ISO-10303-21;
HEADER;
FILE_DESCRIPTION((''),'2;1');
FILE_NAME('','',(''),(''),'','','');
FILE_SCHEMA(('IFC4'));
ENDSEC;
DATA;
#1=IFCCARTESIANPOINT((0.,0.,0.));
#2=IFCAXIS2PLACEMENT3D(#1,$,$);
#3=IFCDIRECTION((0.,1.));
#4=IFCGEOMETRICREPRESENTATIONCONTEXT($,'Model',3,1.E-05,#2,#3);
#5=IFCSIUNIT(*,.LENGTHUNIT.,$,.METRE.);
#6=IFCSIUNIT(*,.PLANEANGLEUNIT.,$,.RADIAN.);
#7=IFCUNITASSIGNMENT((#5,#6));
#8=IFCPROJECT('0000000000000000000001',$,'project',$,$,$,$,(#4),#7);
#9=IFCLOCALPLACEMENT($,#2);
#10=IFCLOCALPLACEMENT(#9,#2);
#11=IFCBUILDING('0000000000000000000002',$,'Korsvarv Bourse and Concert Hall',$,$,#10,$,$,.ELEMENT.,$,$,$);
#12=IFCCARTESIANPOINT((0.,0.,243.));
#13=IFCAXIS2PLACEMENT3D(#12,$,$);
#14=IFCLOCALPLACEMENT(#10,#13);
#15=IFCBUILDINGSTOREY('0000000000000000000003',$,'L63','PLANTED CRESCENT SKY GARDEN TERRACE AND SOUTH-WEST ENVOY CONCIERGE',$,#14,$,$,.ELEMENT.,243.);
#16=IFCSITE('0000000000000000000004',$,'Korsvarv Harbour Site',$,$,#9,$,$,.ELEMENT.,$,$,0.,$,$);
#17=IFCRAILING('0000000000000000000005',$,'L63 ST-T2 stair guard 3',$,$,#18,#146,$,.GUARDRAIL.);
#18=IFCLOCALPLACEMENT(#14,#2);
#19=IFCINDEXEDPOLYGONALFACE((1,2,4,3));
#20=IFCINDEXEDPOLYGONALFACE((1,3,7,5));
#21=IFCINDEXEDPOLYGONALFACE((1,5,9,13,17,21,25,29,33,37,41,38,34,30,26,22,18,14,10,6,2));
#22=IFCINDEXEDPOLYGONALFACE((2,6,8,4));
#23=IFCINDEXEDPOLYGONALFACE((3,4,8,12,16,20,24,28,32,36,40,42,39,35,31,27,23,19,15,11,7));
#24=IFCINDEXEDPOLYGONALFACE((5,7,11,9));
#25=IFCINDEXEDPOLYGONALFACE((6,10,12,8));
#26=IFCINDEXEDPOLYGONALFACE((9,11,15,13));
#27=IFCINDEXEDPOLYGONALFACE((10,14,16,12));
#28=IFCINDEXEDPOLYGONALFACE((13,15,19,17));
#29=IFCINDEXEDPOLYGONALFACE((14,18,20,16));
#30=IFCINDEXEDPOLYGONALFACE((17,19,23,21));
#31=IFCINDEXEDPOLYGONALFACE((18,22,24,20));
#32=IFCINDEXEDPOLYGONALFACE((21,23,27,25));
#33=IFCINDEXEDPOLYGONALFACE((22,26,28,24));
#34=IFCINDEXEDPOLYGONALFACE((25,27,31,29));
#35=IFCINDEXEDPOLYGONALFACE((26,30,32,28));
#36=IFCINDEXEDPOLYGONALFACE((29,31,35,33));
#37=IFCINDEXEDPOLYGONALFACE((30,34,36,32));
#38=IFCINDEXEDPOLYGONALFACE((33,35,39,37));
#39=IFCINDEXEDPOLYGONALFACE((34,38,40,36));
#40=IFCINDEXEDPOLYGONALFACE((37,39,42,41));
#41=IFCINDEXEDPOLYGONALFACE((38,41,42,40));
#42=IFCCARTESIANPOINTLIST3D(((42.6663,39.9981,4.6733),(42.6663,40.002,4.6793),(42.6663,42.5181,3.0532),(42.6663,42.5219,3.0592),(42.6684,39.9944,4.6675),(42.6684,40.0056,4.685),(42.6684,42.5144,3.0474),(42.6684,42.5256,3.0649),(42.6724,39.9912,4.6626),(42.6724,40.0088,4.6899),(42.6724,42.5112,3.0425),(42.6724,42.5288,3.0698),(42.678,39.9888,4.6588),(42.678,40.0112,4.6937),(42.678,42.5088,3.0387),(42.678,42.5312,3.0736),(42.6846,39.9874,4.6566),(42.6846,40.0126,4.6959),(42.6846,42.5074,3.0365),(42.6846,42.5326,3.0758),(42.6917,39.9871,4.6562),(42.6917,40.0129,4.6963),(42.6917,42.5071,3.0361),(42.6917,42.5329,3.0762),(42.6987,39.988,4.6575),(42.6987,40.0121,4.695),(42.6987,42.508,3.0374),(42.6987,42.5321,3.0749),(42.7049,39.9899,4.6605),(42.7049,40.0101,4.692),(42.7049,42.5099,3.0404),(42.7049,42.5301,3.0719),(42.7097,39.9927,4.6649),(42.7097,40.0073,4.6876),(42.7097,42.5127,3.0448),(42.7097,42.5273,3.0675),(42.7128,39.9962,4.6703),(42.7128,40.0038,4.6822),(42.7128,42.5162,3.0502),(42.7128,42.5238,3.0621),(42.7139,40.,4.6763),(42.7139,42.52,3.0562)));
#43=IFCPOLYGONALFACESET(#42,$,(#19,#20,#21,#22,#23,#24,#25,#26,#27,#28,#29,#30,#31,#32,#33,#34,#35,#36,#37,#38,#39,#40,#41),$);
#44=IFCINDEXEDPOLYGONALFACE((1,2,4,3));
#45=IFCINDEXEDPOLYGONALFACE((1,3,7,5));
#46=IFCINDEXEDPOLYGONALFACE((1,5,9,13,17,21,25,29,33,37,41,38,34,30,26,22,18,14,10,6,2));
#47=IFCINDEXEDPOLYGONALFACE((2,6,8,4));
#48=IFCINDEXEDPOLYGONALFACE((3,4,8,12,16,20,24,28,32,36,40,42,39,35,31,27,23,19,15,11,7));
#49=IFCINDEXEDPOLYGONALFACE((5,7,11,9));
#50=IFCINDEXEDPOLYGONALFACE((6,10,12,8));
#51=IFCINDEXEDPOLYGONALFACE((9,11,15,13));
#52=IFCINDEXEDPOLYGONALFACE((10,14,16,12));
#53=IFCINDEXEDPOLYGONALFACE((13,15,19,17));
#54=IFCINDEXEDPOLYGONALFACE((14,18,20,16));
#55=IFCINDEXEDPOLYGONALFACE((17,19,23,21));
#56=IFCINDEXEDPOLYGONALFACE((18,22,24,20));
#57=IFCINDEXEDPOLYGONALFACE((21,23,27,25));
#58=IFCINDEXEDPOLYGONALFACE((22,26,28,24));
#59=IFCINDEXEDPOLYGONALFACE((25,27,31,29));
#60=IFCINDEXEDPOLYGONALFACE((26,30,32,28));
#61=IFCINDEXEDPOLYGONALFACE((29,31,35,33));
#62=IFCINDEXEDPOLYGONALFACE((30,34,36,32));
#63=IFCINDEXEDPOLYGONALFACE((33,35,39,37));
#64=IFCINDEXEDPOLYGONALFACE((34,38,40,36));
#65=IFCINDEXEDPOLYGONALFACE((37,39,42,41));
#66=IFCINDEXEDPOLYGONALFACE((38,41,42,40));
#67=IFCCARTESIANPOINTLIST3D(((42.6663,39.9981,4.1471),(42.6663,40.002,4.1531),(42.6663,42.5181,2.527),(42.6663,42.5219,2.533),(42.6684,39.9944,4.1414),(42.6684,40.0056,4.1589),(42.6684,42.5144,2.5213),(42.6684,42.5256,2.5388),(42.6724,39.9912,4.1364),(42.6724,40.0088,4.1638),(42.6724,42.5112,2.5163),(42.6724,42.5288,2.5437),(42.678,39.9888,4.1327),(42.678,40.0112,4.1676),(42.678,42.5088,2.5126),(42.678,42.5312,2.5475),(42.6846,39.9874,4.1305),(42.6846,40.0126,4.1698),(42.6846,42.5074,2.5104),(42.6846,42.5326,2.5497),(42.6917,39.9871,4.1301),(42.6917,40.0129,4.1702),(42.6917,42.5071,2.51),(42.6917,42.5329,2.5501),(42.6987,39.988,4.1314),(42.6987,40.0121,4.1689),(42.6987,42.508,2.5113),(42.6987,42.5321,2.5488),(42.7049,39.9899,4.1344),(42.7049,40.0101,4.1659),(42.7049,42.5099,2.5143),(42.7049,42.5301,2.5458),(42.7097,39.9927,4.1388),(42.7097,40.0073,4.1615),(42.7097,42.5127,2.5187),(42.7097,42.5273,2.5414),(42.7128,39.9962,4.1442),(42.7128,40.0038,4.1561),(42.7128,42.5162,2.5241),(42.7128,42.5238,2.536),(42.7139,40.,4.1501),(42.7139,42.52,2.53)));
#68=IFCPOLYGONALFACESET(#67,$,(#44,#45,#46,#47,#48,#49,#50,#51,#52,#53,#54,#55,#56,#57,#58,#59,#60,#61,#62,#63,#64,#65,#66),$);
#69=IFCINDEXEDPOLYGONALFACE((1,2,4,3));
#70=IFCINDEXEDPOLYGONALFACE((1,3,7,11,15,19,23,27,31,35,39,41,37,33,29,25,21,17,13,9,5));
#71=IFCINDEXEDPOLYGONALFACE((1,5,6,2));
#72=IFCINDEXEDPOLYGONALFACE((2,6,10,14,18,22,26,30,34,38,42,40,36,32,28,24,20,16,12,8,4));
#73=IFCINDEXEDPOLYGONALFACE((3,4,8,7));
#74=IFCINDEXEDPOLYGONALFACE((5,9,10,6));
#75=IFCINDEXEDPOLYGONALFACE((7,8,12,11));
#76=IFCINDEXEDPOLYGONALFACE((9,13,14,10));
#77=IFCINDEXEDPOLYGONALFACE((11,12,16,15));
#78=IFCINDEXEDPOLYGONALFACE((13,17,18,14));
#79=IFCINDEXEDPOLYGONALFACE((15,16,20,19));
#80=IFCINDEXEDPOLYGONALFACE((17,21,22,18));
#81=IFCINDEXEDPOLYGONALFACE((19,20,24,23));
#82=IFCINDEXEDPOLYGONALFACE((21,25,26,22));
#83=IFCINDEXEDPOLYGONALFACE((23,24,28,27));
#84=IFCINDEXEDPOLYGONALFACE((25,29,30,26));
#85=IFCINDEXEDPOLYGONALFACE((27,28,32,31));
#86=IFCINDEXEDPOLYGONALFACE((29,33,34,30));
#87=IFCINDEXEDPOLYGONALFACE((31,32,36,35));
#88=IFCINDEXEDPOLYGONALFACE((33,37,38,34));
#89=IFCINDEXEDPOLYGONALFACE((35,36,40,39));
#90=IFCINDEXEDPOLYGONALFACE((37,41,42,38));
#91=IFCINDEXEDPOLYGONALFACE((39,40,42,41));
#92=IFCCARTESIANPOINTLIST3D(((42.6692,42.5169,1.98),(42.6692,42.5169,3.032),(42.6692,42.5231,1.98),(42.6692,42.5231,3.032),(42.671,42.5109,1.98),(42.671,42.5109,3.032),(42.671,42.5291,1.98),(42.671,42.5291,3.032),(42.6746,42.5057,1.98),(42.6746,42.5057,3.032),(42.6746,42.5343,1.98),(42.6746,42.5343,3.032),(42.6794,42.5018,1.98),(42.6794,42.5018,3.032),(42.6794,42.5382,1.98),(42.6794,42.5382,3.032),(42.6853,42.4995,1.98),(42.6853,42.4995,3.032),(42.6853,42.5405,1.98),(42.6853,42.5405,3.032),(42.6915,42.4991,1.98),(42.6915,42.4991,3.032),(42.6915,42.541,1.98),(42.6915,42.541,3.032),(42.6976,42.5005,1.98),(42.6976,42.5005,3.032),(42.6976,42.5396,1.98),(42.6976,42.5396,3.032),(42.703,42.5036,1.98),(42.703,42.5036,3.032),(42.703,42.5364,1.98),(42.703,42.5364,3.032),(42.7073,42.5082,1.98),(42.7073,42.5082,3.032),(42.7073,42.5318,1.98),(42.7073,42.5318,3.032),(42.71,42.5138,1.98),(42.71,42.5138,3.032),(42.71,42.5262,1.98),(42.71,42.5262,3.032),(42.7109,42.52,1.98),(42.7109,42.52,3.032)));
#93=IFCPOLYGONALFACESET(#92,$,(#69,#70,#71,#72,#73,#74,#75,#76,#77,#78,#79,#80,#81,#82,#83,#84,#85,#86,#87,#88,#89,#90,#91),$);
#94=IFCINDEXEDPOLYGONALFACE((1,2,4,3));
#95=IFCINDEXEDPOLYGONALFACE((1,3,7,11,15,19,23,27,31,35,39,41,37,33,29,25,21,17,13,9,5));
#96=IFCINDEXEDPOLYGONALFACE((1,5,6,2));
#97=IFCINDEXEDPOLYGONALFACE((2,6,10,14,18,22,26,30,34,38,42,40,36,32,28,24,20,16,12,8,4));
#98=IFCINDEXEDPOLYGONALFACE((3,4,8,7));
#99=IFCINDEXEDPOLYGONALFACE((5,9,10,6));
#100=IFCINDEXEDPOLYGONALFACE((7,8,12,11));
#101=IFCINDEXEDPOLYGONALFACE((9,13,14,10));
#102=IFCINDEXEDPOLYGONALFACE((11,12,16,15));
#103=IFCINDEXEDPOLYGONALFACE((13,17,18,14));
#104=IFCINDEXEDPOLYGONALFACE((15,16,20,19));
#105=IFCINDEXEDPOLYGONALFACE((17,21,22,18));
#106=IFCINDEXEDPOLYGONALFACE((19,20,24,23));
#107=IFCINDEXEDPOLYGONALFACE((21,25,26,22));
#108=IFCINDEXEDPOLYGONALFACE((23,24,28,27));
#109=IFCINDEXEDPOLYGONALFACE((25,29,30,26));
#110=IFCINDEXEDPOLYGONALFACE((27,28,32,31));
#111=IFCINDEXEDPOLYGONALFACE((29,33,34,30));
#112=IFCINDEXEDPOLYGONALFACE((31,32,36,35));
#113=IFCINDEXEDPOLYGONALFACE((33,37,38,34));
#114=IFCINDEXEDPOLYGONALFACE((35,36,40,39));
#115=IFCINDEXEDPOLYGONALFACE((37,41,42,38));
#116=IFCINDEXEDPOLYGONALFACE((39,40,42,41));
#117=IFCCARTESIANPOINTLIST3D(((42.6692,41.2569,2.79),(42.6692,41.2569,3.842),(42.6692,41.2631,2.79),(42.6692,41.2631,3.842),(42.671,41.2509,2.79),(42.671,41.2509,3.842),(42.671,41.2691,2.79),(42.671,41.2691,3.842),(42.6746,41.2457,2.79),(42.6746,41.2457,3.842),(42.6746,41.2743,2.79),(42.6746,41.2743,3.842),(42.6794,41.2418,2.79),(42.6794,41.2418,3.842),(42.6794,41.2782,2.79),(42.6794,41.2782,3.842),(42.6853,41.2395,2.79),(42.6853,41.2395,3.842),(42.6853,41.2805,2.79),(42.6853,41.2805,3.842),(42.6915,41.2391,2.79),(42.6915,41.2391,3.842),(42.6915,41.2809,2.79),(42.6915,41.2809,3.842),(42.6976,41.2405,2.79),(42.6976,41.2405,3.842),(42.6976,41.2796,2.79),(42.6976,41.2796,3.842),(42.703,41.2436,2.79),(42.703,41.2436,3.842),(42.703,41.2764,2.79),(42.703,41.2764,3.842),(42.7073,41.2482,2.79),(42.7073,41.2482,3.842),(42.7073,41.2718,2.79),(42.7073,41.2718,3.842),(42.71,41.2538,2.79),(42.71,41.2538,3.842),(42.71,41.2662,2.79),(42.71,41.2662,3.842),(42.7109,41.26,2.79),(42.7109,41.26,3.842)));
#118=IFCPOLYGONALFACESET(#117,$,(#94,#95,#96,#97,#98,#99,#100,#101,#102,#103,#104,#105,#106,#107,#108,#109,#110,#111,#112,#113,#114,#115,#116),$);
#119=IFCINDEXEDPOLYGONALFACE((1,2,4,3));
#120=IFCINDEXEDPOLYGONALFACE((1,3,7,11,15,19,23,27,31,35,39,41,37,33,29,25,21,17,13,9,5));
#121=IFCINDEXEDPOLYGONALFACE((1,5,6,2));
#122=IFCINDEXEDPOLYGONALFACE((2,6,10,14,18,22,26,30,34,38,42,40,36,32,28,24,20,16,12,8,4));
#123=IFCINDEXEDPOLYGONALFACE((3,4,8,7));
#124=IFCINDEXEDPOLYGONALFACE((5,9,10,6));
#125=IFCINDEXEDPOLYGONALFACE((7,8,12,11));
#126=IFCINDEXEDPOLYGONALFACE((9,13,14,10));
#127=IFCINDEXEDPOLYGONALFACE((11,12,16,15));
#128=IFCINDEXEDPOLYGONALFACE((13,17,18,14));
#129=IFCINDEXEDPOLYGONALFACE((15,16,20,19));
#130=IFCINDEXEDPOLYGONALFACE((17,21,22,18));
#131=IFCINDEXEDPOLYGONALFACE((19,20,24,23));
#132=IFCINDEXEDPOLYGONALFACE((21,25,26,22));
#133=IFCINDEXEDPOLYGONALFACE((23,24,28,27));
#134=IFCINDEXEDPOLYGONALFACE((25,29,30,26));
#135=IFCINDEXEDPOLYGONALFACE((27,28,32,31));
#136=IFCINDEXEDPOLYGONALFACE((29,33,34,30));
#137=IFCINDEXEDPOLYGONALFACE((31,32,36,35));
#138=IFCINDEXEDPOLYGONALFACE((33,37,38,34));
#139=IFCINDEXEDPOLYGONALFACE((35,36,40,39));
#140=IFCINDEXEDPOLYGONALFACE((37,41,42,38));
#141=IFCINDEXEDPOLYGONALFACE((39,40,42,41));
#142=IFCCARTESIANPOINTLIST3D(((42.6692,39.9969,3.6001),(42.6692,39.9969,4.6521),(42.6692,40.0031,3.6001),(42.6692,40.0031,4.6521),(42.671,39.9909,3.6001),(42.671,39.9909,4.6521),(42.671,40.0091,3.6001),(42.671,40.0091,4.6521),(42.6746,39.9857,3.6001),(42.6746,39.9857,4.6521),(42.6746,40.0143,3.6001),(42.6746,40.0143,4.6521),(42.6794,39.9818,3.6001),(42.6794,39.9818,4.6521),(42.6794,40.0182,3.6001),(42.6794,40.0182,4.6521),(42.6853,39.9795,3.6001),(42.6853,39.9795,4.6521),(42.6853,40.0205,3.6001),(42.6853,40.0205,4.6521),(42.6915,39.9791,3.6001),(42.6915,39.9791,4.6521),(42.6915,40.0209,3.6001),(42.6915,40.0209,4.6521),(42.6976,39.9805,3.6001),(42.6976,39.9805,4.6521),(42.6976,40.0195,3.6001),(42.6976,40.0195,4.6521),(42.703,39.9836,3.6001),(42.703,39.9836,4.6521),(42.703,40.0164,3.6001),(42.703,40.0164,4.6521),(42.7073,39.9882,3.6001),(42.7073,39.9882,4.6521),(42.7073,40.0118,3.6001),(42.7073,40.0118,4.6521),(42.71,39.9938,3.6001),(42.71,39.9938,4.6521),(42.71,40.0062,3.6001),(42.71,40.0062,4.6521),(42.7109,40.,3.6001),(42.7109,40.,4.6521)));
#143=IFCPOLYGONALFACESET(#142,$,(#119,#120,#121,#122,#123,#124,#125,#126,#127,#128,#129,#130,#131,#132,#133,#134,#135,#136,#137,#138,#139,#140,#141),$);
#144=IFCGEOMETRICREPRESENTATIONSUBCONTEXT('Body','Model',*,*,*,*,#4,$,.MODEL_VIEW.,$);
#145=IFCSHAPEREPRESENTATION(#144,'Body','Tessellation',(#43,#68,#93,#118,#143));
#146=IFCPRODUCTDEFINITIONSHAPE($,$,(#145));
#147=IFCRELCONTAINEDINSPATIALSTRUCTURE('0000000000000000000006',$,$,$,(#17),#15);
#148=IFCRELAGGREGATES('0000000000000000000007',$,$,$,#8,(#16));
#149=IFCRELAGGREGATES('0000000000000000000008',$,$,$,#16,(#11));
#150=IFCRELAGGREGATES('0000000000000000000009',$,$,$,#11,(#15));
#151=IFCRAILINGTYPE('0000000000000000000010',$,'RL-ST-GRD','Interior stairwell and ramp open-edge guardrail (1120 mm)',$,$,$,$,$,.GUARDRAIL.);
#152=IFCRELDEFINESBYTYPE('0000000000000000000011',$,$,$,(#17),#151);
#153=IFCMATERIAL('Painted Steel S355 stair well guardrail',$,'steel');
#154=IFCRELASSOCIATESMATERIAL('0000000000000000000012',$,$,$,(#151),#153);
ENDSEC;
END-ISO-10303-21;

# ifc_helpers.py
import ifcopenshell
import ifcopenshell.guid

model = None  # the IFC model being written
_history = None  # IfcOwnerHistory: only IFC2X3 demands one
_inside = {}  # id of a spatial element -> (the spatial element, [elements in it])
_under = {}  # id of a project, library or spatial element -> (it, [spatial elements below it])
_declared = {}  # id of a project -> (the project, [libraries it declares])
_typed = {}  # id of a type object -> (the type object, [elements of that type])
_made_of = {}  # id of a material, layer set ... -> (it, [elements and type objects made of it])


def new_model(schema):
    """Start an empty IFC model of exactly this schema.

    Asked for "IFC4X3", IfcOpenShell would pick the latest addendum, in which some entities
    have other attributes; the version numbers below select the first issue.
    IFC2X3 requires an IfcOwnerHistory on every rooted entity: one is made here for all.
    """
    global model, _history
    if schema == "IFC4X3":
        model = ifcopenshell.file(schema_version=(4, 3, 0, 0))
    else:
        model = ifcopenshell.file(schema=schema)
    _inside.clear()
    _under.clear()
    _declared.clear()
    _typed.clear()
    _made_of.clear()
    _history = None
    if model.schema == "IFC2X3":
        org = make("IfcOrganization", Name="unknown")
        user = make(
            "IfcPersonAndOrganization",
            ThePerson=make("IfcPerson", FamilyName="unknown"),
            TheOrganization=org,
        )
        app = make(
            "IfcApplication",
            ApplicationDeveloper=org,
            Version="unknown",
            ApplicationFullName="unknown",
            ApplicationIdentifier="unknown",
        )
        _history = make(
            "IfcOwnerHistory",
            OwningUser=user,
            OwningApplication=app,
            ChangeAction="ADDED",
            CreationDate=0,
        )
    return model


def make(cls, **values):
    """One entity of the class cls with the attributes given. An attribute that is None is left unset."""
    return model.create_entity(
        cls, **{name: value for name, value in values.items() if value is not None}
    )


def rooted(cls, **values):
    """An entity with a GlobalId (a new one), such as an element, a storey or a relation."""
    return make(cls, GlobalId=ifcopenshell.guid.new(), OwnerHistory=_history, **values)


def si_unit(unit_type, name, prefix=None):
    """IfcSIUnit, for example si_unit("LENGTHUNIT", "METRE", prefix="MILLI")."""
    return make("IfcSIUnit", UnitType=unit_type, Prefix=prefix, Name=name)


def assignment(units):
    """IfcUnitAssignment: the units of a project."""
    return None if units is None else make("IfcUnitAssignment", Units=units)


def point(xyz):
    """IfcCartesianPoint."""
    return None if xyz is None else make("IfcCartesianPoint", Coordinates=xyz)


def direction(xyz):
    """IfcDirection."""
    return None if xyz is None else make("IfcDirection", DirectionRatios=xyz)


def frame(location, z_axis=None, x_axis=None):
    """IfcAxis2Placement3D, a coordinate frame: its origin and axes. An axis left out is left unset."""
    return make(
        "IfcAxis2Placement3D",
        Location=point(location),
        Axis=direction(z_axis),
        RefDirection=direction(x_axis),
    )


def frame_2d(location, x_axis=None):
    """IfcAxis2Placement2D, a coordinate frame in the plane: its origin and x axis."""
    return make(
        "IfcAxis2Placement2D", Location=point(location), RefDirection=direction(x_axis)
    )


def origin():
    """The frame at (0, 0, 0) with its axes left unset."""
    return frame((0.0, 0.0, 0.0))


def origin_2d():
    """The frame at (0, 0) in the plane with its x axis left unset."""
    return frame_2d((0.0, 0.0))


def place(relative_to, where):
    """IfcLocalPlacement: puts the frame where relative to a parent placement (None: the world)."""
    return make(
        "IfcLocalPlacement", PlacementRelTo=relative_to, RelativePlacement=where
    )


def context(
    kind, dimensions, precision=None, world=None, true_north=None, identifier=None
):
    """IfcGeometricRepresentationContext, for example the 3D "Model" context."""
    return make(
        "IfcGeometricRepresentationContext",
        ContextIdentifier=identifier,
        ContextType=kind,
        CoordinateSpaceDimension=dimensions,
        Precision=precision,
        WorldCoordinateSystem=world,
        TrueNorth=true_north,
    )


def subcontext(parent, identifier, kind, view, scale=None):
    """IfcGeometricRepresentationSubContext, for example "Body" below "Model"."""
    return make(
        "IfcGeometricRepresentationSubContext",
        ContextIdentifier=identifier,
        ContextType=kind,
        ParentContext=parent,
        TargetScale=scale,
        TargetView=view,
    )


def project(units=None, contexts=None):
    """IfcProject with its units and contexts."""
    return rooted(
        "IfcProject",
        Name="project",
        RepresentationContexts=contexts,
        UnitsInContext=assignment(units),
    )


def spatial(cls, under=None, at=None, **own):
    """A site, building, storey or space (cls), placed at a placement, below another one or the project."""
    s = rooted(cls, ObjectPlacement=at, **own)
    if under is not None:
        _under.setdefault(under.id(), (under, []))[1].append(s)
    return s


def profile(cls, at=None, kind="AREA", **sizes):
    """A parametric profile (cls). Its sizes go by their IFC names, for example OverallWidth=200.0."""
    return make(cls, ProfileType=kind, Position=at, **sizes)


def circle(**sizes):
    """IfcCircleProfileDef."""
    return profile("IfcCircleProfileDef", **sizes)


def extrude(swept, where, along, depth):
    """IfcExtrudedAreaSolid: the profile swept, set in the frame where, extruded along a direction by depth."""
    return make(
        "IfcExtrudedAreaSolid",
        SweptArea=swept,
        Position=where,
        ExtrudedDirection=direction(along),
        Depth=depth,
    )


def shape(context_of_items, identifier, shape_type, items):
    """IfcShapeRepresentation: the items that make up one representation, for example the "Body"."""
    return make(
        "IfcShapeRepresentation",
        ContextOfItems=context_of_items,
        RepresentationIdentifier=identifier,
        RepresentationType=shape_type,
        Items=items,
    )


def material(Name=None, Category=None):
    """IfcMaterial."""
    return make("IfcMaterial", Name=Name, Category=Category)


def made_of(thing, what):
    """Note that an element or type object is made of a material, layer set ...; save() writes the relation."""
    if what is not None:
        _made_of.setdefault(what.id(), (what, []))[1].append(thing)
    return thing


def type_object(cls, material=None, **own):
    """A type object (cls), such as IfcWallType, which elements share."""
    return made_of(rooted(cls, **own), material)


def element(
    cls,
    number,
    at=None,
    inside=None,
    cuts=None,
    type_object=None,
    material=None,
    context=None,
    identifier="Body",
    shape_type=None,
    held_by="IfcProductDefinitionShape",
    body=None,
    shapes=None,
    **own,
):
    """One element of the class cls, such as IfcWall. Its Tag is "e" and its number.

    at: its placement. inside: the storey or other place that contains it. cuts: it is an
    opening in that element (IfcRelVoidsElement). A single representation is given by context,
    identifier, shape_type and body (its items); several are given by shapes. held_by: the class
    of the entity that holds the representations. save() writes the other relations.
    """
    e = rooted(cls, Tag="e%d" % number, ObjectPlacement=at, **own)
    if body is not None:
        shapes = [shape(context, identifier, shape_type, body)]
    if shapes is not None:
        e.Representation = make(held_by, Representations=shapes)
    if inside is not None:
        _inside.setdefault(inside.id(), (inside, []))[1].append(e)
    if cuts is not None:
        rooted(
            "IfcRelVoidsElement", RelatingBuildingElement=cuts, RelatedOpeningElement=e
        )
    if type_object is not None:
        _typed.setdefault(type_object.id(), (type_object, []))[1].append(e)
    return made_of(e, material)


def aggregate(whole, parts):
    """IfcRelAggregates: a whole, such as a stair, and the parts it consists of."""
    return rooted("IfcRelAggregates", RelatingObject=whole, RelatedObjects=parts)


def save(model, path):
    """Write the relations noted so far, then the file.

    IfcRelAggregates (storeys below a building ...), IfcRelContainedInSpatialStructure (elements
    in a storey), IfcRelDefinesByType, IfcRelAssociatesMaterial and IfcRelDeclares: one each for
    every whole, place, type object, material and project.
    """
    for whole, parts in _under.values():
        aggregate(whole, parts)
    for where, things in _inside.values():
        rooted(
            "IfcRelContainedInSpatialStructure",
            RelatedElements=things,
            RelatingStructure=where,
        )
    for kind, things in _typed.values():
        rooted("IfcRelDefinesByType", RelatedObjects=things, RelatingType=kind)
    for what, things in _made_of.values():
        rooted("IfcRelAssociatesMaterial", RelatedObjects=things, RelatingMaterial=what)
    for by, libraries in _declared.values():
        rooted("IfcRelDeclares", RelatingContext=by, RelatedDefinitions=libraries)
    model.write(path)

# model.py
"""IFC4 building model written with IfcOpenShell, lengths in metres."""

from ifc_helpers import new_model, si_unit, direction, frame, origin, origin_2d, place, context, subcontext, project, spatial, circle, extrude, material, type_object, element, save


model = new_model("IFC4")

# Units and contexts
model_context = context("Model", 3, precision=1e-05, world=origin(), true_north=direction((0.0, 1.0)))
body_context = subcontext(model_context, "Body", "Model", "MODEL_VIEW")
ifc_project = project(units=[si_unit("LENGTHUNIT", "METRE"), si_unit("PLANEANGLEUNIT", "RADIAN")], contexts=[model_context])

# Site, building, storey
site_placement = place(None, origin())
site = spatial("IfcSite", under=ifc_project, at=site_placement, Name="Korsvarv Harbour Site", CompositionType="ELEMENT", RefElevation=0.0)
building_placement = place(site_placement, origin())
building = spatial("IfcBuilding", under=site, at=building_placement, Name="Korsvarv Bourse and Concert Hall", CompositionType="ELEMENT")
storey_placement = place(building_placement, frame((0.0, 0.0, 243.0)))
storey = spatial("IfcBuildingStorey", under=building, at=storey_placement, Name="L63", Description="PLANTED CRESCENT SKY GARDEN TERRACE AND SOUTH-WEST ENVOY CONCIERGE", CompositionType="ELEMENT", Elevation=243.0)

# Railing
ifc_material_1 = material(Name="Painted Steel S355 stair well guardrail", Category="steel")
railing_type_1 = type_object("IfcRailingType", Name="RL-ST-GRD", Description="Interior stairwell and ramp open-edge guardrail (1120 mm)", PredefinedType="GUARDRAIL", material=ifc_material_1)
railing_1_placement = place(storey_placement, frame((42.6899, 42.52, 1.98)))
element("IfcRailing", 1, at=railing_1_placement, inside=storey, type_object=railing_type_1, Name="L63 ST-T2 stair guard 3", PredefinedType="GUARDRAIL", context=body_context, shape_type="SweptSolid", body=[
    extrude(circle(Radius=0.0239, at=origin_2d()), frame((0.0, 0.0, 1.0762), z_axis=(0.0, -0.841163, 0.540782), x_axis=(1.0, 0.0, 0.0)), (0.0, 0.0, 1.0), 2.9958),
    extrude(circle(Radius=0.0239, at=origin_2d()), frame((0.0, 0.0, 0.55), z_axis=(0.0, -0.841163, 0.540782), x_axis=(1.0, 0.0, 0.0)), (0.0, 0.0, 1.0), 2.9958),
    extrude(circle(Radius=0.021, at=origin_2d()), origin(), (0.0, 0.0, 1.0), 1.052),
    extrude(circle(Radius=0.021, at=origin_2d()), frame((0.0, -1.26, 0.8101)), (0.0, 0.0, 1.0), 1.052),
    extrude(circle(Radius=0.021, at=origin_2d()), frame((0.0, -2.52, 1.6201)), (0.0, 0.0, 1.0), 1.052),
])

save(model, "model.ifc")
